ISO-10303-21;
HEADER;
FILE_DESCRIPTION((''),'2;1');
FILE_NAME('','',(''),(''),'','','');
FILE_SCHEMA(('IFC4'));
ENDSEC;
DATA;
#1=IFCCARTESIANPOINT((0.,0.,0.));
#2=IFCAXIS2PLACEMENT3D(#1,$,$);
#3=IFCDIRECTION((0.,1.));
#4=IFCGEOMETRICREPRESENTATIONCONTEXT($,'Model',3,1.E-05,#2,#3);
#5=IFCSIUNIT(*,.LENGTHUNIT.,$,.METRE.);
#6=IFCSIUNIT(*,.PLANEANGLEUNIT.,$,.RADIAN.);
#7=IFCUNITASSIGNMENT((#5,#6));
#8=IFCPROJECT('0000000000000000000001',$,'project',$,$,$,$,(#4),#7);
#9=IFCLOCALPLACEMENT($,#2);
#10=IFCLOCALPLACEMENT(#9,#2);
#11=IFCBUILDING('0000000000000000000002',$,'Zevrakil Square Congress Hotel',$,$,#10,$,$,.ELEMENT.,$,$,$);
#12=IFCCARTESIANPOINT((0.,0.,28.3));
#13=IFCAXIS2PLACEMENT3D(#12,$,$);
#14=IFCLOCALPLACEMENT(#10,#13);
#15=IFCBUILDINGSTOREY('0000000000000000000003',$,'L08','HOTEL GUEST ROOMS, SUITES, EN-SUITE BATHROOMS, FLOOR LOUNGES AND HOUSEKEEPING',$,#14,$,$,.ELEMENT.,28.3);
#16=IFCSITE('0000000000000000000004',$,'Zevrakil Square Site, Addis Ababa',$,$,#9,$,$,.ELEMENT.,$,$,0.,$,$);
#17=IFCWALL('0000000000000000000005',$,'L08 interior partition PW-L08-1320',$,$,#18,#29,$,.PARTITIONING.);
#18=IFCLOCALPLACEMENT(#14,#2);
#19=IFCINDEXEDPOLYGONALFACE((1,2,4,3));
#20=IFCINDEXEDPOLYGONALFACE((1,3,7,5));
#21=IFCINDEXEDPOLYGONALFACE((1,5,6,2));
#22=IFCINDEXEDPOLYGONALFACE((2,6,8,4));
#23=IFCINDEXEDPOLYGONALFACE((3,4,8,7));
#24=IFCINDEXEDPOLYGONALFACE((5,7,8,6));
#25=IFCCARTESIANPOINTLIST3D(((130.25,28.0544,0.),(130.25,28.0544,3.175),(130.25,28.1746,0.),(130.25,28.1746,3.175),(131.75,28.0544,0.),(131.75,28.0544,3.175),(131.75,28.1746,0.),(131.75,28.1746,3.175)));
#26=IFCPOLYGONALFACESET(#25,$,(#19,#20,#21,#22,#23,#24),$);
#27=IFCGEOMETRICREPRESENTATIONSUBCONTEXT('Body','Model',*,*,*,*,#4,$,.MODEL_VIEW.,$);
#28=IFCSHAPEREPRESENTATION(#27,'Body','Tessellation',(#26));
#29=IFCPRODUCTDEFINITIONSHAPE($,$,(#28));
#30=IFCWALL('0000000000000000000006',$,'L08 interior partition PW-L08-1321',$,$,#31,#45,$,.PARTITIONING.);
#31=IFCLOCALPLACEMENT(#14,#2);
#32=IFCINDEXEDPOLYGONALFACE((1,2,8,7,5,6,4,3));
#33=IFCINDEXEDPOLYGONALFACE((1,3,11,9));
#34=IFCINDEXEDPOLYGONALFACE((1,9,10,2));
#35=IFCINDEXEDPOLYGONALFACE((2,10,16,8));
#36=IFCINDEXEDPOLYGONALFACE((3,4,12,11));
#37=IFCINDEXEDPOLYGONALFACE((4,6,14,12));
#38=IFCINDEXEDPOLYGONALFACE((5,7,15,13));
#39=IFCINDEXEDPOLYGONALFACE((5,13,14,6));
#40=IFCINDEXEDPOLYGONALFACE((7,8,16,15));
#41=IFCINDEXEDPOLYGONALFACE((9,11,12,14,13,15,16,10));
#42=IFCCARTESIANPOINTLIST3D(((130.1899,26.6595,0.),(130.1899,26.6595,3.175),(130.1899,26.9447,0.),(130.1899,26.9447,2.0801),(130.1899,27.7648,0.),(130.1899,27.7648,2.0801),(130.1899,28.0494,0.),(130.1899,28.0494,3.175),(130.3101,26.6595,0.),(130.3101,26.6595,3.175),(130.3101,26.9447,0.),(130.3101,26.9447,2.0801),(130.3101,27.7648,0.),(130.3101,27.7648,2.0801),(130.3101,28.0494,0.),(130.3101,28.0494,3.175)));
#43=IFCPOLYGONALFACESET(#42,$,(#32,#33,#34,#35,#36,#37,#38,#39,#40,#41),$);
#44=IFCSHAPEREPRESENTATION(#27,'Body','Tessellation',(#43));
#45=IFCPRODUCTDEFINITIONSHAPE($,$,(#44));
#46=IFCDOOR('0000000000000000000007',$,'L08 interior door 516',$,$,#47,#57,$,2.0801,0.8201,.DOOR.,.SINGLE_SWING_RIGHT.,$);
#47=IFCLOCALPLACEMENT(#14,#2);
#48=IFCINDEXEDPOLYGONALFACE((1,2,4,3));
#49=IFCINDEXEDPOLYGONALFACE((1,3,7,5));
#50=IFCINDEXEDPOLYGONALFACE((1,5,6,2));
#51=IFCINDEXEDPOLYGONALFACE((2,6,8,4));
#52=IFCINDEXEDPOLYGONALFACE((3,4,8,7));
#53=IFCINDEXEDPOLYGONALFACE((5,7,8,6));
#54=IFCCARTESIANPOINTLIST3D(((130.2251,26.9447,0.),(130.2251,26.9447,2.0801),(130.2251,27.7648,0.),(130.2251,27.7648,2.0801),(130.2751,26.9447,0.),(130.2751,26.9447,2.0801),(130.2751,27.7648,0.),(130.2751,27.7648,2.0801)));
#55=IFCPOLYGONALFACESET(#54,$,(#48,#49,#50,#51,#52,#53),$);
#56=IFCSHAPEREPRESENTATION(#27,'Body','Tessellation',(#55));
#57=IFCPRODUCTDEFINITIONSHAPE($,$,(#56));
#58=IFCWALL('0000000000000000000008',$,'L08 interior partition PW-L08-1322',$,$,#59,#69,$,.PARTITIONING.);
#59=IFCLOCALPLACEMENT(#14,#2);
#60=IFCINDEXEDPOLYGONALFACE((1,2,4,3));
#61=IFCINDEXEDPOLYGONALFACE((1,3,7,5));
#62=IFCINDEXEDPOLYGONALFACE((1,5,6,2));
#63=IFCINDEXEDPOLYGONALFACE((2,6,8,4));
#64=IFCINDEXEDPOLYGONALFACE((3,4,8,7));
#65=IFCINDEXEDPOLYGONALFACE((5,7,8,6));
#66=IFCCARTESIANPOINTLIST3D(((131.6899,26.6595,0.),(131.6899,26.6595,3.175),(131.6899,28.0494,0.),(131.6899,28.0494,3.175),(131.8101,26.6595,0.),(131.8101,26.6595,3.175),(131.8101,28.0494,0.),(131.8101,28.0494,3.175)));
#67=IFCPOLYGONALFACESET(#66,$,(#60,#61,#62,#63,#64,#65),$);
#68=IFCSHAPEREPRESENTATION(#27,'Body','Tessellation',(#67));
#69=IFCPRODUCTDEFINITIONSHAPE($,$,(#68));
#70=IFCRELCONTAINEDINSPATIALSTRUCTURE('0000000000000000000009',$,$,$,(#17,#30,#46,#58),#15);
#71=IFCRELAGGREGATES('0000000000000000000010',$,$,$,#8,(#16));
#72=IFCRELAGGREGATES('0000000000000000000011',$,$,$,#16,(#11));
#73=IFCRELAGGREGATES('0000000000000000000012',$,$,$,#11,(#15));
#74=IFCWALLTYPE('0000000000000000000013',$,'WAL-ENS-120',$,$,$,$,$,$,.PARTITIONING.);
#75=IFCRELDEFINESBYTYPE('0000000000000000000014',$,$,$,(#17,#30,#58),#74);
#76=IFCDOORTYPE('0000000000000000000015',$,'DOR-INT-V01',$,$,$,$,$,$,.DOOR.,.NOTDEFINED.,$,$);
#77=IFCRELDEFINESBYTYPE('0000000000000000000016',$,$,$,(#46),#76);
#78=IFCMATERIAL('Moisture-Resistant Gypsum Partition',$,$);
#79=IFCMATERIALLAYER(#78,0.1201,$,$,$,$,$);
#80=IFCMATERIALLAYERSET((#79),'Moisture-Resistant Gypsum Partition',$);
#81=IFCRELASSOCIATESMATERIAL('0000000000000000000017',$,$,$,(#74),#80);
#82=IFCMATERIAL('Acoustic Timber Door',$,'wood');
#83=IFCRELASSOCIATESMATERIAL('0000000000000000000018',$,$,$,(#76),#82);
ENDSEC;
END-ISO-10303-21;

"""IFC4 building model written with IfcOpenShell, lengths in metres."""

from ifc_helpers import new_model, si_unit, direction, frame, frame_2d, origin, place, context, subcontext, project, spatial, rectangle, extrude, material, layer, layer_set, type_object, element, fill, save


model = new_model("IFC4")

# Units and contexts
model_context = context("Model", 3, precision=1e-05, world=origin(), true_north=direction((0.0, 1.0)))
body_context = subcontext(model_context, "Body", "Model", "MODEL_VIEW")
ifc_project = project(units=[si_unit("LENGTHUNIT", "METRE"), si_unit("PLANEANGLEUNIT", "RADIAN")], contexts=[model_context])

# Site, building, storey
site_placement = place(None, origin())
site = spatial("IfcSite", under=ifc_project, at=site_placement, Name="Zevrakil Square Site, Addis Ababa", CompositionType="ELEMENT", RefElevation=0.0)
building_placement = place(site_placement, origin())
building = spatial("IfcBuilding", under=site, at=building_placement, Name="Zevrakil Square Congress Hotel", CompositionType="ELEMENT")
storey_placement = place(building_placement, frame((0.0, 0.0, 28.3)))
storey = spatial("IfcBuildingStorey", under=building, at=storey_placement, Name="L08", Description="HOTEL GUEST ROOMS, SUITES, EN-SUITE BATHROOMS, FLOOR LOUNGES AND HOUSEKEEPING", CompositionType="ELEMENT", Elevation=28.3)

# Shared definitions
ifc_material_1 = material(Name="Moisture-Resistant Gypsum Partition")
ifc_layer = layer(ifc_material_1, 0.1201)
ifc_layer_set = layer_set([ifc_layer], Name="Moisture-Resistant Gypsum Partition")
wall_type = type_object("IfcWallType", Name="WAL-ENS-120", PredefinedType="PARTITIONING", material=ifc_layer_set)

# Shared definitions
ifc_material_2 = material(Name="Acoustic Timber Door", Category="wood")
door_type = type_object("IfcDoorType", Name="DOR-INT-V01", OperationType="NOTDEFINED", PredefinedType="DOOR", material=ifc_material_2)

# Wall
wall_1_placement = place(storey_placement, frame((130.25, 28.1145, 0.0), z_axis=(0.0, 0.0, 1.0), x_axis=(1.0, 0.0, 0.0)))
element("IfcWall", 1, at=wall_1_placement, inside=storey, type_object=wall_type, Name="L08 interior partition PW-L08-1320", PredefinedType="PARTITIONING", context=body_context, shape_type="SweptSolid", body=[
    extrude(rectangle(XDim=1.5, YDim=0.1201, at=frame_2d((0.75, 0.0))), origin(), (0.0, 0.0, 1.0), 3.175),
])

# Wall, opening, door
wall_2_placement = place(storey_placement, frame((130.25, 26.6597, 0.0), z_axis=(0.0, 0.0, 1.0), x_axis=(0.0, 1.0, 0.0)))
wall_2 = element("IfcWall", 2, at=wall_2_placement, inside=storey, type_object=wall_type, Name="L08 interior partition PW-L08-1321", PredefinedType="PARTITIONING", context=body_context, shape_type="SweptSolid", body=[
    extrude(rectangle(XDim=1.3899, YDim=0.1201, at=frame_2d((0.6948, 0.0))), origin(), (0.0, 0.0, 1.0), 3.175),
])
opening_1_placement = place(wall_2_placement, frame((0.2849, 0.0, 0.0)))
opening_1 = element("IfcOpeningElement", 3, at=opening_1_placement, cuts=wall_2, PredefinedType="OPENING", context=body_context, shape_type="SweptSolid", body=[
    extrude(rectangle(XDim=0.8201, YDim=2.0801, at=frame_2d((0.4102, 1.04))), frame((0.0, 0.0701, 0.0), z_axis=(0.0, -1.0, 0.0), x_axis=(1.0, 0.0, 0.0)), (0.0, 0.0, 1.0), 0.1401),
])
door_1_placement = place(opening_1_placement, origin())
door_1 = element("IfcDoor", 4, at=door_1_placement, inside=storey, type_object=door_type, Name="L08 interior door 516", OperationType="SINGLE_SWING_RIGHT", OverallHeight=2.0801, OverallWidth=0.8201, PredefinedType="DOOR", context=body_context, shape_type="SweptSolid", body=[
    extrude(rectangle(XDim=0.8201, YDim=2.0801, at=frame_2d((0.4102, 1.04))), frame((0.0, 0.0249, 0.0), z_axis=(0.0, -1.0, 0.0), x_axis=(1.0, 0.0, 0.0)), (0.0, 0.0, 1.0), 0.05),
])
fill(opening_1, door_1)

# Wall
wall_3_placement = place(storey_placement, frame((131.75, 26.6597, 0.0), z_axis=(0.0, 0.0, 1.0), x_axis=(0.0, 1.0, 0.0)))
element("IfcWall", 5, at=wall_3_placement, inside=storey, type_object=wall_type, Name="L08 interior partition PW-L08-1322", PredefinedType="PARTITIONING", context=body_context, shape_type="SweptSolid", body=[
    extrude(rectangle(XDim=1.3899, YDim=0.1201, at=frame_2d((0.6948, 0.0))), origin(), (0.0, 0.0, 1.0), 3.175),
])

save(model, "model.ifc")
